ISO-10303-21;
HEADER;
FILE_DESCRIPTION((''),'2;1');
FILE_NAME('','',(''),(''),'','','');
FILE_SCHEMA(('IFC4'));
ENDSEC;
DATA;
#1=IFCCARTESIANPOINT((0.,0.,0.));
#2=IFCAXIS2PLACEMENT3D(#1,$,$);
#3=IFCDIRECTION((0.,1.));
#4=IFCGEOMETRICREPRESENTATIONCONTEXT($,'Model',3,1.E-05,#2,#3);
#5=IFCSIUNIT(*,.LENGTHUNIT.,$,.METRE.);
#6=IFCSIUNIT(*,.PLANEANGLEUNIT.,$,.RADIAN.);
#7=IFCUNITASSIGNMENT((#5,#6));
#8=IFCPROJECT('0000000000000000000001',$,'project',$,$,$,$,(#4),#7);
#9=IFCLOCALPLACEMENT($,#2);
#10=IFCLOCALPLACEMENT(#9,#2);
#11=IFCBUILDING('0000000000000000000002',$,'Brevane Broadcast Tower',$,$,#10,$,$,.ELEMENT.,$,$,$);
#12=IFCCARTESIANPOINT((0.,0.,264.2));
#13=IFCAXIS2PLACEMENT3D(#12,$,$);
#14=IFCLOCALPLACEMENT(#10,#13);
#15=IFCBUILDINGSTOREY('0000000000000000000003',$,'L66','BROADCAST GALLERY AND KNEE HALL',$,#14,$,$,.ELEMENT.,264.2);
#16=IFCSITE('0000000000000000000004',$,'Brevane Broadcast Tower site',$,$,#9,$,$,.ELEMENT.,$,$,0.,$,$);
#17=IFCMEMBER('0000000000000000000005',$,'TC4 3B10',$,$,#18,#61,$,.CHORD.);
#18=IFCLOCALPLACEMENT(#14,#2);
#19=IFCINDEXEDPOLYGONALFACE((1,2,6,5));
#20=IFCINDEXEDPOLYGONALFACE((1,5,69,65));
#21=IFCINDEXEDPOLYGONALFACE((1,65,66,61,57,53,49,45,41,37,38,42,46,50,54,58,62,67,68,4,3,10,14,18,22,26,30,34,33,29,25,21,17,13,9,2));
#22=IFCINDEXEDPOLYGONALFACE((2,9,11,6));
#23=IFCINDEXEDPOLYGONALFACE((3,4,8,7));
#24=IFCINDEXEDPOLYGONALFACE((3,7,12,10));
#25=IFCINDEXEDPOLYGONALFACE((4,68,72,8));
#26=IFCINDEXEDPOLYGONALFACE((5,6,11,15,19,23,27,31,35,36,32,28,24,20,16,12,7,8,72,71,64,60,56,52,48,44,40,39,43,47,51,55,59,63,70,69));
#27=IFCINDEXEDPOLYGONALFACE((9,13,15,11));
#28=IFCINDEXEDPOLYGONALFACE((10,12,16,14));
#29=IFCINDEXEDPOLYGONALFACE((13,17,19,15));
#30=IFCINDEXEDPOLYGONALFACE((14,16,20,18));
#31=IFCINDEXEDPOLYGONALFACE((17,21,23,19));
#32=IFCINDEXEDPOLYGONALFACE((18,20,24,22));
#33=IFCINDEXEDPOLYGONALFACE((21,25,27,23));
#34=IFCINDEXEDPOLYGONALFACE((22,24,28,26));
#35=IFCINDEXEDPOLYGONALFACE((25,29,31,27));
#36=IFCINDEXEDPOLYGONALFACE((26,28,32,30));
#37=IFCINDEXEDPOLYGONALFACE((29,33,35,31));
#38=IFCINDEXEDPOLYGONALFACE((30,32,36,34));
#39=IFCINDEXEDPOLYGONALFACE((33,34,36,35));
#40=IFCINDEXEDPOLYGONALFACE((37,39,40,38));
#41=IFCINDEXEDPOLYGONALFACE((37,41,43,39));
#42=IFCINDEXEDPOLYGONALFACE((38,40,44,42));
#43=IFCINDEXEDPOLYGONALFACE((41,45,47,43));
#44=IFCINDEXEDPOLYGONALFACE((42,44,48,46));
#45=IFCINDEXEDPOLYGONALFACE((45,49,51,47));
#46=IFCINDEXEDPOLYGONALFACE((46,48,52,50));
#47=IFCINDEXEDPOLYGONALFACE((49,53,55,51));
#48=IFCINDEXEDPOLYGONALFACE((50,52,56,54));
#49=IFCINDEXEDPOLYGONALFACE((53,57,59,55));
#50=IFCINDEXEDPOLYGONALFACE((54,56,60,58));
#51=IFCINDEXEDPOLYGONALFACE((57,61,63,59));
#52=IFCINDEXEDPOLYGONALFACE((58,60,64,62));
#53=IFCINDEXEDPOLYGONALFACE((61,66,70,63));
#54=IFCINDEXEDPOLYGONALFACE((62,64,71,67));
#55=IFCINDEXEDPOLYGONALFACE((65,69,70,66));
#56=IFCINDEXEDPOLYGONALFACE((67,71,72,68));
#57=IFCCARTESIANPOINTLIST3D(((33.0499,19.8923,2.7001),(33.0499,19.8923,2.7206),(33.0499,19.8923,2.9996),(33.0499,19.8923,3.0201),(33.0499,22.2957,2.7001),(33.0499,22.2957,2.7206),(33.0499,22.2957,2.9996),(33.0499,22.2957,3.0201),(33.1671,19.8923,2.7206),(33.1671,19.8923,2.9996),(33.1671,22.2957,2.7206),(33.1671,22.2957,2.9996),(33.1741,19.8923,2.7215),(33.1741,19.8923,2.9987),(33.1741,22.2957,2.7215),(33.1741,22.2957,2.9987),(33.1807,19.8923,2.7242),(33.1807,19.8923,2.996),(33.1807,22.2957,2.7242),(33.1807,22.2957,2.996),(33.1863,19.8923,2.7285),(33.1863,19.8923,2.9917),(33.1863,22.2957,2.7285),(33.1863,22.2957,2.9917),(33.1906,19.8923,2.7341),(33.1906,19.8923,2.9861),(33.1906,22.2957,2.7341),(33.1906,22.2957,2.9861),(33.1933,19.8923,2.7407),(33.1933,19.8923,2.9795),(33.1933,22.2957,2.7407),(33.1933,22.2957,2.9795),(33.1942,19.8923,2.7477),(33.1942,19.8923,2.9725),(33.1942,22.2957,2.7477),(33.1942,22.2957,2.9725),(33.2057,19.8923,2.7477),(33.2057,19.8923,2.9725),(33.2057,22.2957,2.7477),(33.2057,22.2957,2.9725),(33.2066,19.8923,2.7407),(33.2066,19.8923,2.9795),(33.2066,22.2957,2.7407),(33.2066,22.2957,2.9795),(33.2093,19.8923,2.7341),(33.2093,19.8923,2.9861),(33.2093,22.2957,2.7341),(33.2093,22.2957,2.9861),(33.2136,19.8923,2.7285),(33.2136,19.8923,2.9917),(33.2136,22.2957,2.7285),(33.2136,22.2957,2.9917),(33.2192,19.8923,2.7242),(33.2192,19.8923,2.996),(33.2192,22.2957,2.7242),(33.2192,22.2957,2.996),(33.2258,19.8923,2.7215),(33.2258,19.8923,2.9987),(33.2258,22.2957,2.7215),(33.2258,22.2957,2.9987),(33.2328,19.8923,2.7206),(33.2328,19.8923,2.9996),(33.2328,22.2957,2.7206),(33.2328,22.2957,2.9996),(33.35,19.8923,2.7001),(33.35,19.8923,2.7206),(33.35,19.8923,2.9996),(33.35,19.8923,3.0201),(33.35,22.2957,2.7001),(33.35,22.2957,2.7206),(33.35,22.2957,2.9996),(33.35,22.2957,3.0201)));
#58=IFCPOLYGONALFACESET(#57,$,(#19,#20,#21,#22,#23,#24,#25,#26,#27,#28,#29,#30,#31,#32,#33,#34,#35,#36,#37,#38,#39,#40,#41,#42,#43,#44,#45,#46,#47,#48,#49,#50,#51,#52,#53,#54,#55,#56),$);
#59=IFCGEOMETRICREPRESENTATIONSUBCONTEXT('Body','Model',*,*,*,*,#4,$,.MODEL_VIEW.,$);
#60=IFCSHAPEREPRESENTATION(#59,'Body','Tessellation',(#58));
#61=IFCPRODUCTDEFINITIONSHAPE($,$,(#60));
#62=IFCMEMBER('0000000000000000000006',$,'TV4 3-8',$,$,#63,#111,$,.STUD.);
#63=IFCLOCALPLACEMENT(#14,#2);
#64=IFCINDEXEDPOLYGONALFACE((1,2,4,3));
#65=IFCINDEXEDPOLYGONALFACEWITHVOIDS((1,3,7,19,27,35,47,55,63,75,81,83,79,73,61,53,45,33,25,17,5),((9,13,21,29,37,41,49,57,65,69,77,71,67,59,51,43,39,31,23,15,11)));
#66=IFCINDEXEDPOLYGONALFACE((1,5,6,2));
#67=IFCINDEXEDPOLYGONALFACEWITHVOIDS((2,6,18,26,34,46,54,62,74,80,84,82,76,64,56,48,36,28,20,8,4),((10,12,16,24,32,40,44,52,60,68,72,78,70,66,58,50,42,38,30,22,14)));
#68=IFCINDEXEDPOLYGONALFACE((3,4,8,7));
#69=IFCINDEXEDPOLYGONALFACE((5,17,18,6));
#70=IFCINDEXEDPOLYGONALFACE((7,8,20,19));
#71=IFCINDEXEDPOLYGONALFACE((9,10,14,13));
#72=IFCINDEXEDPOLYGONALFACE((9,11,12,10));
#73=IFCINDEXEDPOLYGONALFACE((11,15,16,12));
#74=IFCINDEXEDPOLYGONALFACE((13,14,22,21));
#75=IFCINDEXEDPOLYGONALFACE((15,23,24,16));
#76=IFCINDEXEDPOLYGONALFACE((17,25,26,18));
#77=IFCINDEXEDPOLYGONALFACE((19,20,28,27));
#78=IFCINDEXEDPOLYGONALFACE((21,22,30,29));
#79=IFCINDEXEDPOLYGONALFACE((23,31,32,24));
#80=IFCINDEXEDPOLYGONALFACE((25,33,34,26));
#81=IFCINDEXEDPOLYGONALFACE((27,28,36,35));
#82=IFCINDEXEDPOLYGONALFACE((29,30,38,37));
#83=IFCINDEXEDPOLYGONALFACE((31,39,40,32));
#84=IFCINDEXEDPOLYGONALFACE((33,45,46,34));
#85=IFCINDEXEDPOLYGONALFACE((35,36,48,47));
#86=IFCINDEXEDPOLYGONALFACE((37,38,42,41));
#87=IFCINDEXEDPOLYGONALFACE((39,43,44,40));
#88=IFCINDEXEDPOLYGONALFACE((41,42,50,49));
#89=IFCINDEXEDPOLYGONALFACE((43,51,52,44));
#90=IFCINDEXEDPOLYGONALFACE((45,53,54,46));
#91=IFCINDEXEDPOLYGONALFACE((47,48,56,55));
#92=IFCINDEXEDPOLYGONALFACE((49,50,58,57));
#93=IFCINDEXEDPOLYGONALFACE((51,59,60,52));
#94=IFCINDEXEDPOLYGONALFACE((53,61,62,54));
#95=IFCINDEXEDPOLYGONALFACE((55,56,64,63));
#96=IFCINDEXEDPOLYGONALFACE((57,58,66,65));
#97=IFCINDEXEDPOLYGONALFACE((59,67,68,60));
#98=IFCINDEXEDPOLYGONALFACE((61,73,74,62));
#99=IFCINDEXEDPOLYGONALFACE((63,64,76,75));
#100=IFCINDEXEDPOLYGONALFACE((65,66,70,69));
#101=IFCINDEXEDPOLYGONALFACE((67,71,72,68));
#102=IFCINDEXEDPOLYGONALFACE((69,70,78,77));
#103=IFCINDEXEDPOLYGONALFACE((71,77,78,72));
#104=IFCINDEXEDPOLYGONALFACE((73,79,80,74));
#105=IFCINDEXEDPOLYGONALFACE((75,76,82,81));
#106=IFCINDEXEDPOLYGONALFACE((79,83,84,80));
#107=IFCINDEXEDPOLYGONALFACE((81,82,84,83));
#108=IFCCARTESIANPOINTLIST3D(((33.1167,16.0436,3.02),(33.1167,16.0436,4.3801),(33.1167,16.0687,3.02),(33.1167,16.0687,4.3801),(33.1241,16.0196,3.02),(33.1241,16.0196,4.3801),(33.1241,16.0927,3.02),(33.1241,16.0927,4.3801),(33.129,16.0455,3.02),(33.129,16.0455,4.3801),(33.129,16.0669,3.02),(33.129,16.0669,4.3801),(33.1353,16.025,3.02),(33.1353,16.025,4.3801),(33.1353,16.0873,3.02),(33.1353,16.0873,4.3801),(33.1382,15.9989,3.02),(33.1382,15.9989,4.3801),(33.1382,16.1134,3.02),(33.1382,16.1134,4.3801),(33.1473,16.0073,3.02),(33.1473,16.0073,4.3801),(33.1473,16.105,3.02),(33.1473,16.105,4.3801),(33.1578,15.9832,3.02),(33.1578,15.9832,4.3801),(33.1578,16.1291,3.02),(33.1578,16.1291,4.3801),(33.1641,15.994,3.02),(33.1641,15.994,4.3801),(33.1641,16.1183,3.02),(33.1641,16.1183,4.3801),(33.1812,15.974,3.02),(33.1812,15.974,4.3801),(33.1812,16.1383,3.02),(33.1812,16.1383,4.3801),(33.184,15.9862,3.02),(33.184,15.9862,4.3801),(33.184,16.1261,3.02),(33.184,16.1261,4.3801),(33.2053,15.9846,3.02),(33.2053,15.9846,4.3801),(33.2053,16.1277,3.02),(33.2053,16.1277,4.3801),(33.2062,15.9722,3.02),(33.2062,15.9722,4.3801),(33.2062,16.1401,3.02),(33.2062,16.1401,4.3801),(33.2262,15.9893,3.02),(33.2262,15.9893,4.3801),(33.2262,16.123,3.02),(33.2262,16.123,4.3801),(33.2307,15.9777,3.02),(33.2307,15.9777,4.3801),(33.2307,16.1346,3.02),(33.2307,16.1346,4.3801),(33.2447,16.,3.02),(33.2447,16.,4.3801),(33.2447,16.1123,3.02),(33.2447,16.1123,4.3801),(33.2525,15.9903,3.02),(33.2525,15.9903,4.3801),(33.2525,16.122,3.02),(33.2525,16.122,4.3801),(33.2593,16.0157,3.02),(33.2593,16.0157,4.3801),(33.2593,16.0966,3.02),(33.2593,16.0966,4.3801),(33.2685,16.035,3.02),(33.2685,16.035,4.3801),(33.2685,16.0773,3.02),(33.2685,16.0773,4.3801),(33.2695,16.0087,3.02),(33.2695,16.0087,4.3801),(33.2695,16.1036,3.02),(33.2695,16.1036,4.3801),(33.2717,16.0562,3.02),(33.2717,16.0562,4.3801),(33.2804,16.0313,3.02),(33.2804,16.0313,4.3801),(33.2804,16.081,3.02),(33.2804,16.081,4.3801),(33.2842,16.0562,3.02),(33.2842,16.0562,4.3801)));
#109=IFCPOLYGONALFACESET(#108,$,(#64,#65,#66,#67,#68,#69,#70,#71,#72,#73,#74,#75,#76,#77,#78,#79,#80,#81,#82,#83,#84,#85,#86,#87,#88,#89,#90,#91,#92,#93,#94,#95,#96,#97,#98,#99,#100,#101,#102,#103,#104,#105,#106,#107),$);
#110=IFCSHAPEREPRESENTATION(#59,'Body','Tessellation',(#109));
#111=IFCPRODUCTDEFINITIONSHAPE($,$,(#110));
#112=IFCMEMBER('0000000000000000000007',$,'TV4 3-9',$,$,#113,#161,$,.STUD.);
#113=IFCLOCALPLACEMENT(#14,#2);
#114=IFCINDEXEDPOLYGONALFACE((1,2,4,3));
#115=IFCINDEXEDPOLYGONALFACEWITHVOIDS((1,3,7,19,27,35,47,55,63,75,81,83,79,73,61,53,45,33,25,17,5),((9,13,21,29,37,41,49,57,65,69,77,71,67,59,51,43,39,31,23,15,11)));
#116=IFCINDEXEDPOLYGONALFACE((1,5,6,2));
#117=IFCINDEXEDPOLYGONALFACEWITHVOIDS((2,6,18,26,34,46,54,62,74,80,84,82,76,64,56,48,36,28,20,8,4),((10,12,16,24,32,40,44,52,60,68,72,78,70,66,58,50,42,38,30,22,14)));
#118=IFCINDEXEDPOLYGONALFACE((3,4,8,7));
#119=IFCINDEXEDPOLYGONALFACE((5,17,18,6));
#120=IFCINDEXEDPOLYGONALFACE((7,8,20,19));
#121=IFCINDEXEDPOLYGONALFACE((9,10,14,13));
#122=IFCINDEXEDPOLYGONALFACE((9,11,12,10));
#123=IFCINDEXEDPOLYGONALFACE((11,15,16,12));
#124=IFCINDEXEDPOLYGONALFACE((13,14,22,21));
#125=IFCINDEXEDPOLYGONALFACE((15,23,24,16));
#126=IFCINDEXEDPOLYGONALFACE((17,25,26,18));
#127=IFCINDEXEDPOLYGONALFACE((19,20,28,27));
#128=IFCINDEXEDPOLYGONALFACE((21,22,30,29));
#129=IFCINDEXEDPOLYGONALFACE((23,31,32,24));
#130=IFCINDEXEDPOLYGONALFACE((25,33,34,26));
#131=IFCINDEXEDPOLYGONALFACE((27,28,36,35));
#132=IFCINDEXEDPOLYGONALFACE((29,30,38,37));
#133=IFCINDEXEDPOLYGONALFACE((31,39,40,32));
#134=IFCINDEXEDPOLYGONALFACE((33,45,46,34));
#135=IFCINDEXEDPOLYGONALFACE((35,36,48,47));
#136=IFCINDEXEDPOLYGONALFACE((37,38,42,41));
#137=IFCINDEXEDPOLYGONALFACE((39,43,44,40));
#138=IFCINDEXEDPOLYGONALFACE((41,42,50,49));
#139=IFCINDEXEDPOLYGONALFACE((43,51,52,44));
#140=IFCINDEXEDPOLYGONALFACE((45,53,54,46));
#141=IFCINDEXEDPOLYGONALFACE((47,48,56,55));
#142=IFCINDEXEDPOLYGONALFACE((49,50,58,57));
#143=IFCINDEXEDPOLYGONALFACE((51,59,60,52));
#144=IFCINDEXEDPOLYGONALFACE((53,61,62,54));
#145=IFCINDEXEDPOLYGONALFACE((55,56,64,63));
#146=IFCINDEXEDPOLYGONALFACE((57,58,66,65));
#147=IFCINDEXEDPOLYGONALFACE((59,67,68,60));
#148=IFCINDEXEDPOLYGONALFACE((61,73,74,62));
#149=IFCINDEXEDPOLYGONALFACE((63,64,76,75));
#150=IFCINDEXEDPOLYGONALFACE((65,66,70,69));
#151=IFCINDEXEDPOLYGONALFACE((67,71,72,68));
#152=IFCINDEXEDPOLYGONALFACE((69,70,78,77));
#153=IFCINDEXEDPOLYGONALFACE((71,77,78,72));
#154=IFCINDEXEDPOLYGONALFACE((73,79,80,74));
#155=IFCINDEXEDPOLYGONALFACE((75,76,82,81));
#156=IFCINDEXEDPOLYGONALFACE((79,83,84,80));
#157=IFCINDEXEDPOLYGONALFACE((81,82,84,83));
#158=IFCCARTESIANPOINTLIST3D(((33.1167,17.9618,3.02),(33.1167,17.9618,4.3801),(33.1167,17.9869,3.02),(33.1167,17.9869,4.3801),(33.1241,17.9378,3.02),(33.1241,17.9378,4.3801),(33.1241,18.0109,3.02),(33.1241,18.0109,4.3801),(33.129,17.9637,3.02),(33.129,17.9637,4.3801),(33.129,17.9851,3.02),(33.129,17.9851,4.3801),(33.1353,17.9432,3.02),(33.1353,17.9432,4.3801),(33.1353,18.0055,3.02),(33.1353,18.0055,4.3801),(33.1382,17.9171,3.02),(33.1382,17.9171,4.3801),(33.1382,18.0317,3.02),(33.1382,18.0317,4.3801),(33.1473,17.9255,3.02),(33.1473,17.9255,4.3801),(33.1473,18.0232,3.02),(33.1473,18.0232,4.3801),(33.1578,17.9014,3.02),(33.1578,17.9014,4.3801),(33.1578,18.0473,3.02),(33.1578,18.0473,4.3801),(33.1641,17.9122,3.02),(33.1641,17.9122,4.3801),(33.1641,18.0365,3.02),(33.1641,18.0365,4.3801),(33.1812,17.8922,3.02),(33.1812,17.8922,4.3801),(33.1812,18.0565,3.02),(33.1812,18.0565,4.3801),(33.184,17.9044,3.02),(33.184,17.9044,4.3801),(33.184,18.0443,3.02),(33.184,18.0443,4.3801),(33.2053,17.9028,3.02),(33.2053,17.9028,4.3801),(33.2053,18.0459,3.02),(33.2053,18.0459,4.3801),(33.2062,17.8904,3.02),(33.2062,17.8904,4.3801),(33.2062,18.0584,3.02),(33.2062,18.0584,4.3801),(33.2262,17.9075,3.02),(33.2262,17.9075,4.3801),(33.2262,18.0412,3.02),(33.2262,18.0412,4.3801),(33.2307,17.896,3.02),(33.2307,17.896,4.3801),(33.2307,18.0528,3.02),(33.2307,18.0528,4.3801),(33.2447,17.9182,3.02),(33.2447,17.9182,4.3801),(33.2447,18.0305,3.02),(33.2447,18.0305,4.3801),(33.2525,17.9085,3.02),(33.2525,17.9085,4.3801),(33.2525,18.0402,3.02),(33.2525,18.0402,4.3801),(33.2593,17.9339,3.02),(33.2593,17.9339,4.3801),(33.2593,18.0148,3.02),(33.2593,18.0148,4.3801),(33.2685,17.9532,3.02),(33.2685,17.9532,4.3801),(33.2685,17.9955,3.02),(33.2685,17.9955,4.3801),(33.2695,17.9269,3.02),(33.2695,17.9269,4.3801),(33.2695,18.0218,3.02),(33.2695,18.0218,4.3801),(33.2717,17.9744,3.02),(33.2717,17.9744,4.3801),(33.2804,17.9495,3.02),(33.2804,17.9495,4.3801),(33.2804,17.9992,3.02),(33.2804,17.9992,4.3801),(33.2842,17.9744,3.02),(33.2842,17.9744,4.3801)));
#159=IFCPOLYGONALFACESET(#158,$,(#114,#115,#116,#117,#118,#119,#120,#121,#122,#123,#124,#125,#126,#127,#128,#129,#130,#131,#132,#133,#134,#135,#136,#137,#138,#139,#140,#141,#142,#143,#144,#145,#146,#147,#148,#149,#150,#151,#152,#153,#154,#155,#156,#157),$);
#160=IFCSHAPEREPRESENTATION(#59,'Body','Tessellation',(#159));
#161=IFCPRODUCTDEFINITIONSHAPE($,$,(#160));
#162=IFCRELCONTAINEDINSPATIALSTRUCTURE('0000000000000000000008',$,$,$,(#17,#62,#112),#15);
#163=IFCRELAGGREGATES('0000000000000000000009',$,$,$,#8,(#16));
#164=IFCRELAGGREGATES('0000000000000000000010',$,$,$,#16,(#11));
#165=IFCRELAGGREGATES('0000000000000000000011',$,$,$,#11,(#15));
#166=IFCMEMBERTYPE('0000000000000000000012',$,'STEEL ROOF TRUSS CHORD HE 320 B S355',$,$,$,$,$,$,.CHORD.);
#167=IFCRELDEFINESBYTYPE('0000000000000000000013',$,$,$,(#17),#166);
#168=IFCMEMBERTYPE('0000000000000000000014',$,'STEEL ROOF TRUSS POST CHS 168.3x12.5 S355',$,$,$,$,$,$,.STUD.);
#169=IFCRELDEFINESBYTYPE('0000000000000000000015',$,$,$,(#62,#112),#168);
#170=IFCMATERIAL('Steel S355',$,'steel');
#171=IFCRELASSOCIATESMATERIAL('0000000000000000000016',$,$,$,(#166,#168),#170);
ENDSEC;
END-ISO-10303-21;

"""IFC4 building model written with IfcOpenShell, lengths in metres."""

from ifc_helpers import new_model, si_unit, direction, frame, origin, origin_2d, place, context, subcontext, project, spatial, hollow_circle, i_section, extrude, material, material_profile, profile_set, type_object, element, save


model = new_model("IFC4")

# Units and contexts
model_context = context("Model", 3, precision=1e-05, world=origin(), true_north=direction((0.0, 1.0)))
body_context = subcontext(model_context, "Body", "Model", "MODEL_VIEW")
ifc_project = project(units=[si_unit("LENGTHUNIT", "METRE"), si_unit("PLANEANGLEUNIT", "RADIAN")], contexts=[model_context])

# Site, building, storey
site_placement = place(None, origin())
site = spatial("IfcSite", under=ifc_project, at=site_placement, Name="Brevane Broadcast Tower site", CompositionType="ELEMENT", RefElevation=0.0)
building_placement = place(site_placement, origin())
building = spatial("IfcBuilding", under=site, at=building_placement, Name="Brevane Broadcast Tower", CompositionType="ELEMENT")
storey_placement = place(building_placement, frame((0.0, 0.0, 264.2)))
storey = spatial("IfcBuildingStorey", under=building, at=storey_placement, Name="L66", Description="BROADCAST GALLERY AND KNEE HALL", CompositionType="ELEMENT", Elevation=264.2)

# Shared definitions
ifc_material_1 = material(Name="Steel S355", Category="steel")

# Members
ifc_material_profile_1 = material_profile(ifc_material_1, i_section(OverallWidth=0.3, OverallDepth=0.3201, WebThickness=0.0115, FlangeThickness=0.0205, FilletRadius=0.0271, at=origin_2d()), Name="HE 320 B")
ifc_profile_set_1 = profile_set([ifc_material_profile_1], Name="Steel S355")
member_type_1 = type_object("IfcMemberType", Name="STEEL ROOF TRUSS CHORD HE 320 B S355", PredefinedType="CHORD", material=ifc_profile_set_1)
for number, where, z_axis, x_axis, name in (
    (1, (33.2, 19.8923, 2.8601), (0.0, 1.0, 0.0), (-1.0, 0.0, 0.0), "TC4 3B10"),
):
    element("IfcMember", number, at=place(storey_placement, frame(where, z_axis=z_axis, x_axis=x_axis)), inside=storey, type_object=member_type_1, Name=name, PredefinedType="CHORD", context=body_context, shape_type="SweptSolid", body=[
        extrude(i_section(OverallWidth=0.3, OverallDepth=0.3201, WebThickness=0.0115, FlangeThickness=0.0205, FilletRadius=0.0271, at=origin_2d()), origin(), (0.0, 0.0, 1.0), 2.4033),
    ])
ifc_material_profile_2 = material_profile(ifc_material_1, hollow_circle(Radius=0.0842, WallThickness=0.0125, at=origin_2d()), Name="CHS 168.3x12.5")
ifc_profile_set_2 = profile_set([ifc_material_profile_2], Name="Steel S355")
member_type_2 = type_object("IfcMemberType", Name="STEEL ROOF TRUSS POST CHS 168.3x12.5 S355", PredefinedType="STUD", material=ifc_profile_set_2)
for number, where, z_axis, x_axis, name in (
    (2, (33.2, 16.0562, 3.02), (0.0, 0.0, 1.0), (1.0, 0.0, 0.0), "TV4 3-8"),
    (3, (33.2, 17.9744, 3.02), (0.0, 0.0, 1.0), (1.0, 0.0, 0.0), "TV4 3-9"),
):
    element("IfcMember", number, at=place(storey_placement, frame(where, z_axis=z_axis, x_axis=x_axis)), inside=storey, type_object=member_type_2, Name=name, PredefinedType="STUD", context=body_context, shape_type="SweptSolid", body=[
        extrude(hollow_circle(Radius=0.0842, WallThickness=0.0125, at=origin_2d()), origin(), (0.0, 0.0, 1.0), 1.3601),
    ])

save(model, "model.ifc")
